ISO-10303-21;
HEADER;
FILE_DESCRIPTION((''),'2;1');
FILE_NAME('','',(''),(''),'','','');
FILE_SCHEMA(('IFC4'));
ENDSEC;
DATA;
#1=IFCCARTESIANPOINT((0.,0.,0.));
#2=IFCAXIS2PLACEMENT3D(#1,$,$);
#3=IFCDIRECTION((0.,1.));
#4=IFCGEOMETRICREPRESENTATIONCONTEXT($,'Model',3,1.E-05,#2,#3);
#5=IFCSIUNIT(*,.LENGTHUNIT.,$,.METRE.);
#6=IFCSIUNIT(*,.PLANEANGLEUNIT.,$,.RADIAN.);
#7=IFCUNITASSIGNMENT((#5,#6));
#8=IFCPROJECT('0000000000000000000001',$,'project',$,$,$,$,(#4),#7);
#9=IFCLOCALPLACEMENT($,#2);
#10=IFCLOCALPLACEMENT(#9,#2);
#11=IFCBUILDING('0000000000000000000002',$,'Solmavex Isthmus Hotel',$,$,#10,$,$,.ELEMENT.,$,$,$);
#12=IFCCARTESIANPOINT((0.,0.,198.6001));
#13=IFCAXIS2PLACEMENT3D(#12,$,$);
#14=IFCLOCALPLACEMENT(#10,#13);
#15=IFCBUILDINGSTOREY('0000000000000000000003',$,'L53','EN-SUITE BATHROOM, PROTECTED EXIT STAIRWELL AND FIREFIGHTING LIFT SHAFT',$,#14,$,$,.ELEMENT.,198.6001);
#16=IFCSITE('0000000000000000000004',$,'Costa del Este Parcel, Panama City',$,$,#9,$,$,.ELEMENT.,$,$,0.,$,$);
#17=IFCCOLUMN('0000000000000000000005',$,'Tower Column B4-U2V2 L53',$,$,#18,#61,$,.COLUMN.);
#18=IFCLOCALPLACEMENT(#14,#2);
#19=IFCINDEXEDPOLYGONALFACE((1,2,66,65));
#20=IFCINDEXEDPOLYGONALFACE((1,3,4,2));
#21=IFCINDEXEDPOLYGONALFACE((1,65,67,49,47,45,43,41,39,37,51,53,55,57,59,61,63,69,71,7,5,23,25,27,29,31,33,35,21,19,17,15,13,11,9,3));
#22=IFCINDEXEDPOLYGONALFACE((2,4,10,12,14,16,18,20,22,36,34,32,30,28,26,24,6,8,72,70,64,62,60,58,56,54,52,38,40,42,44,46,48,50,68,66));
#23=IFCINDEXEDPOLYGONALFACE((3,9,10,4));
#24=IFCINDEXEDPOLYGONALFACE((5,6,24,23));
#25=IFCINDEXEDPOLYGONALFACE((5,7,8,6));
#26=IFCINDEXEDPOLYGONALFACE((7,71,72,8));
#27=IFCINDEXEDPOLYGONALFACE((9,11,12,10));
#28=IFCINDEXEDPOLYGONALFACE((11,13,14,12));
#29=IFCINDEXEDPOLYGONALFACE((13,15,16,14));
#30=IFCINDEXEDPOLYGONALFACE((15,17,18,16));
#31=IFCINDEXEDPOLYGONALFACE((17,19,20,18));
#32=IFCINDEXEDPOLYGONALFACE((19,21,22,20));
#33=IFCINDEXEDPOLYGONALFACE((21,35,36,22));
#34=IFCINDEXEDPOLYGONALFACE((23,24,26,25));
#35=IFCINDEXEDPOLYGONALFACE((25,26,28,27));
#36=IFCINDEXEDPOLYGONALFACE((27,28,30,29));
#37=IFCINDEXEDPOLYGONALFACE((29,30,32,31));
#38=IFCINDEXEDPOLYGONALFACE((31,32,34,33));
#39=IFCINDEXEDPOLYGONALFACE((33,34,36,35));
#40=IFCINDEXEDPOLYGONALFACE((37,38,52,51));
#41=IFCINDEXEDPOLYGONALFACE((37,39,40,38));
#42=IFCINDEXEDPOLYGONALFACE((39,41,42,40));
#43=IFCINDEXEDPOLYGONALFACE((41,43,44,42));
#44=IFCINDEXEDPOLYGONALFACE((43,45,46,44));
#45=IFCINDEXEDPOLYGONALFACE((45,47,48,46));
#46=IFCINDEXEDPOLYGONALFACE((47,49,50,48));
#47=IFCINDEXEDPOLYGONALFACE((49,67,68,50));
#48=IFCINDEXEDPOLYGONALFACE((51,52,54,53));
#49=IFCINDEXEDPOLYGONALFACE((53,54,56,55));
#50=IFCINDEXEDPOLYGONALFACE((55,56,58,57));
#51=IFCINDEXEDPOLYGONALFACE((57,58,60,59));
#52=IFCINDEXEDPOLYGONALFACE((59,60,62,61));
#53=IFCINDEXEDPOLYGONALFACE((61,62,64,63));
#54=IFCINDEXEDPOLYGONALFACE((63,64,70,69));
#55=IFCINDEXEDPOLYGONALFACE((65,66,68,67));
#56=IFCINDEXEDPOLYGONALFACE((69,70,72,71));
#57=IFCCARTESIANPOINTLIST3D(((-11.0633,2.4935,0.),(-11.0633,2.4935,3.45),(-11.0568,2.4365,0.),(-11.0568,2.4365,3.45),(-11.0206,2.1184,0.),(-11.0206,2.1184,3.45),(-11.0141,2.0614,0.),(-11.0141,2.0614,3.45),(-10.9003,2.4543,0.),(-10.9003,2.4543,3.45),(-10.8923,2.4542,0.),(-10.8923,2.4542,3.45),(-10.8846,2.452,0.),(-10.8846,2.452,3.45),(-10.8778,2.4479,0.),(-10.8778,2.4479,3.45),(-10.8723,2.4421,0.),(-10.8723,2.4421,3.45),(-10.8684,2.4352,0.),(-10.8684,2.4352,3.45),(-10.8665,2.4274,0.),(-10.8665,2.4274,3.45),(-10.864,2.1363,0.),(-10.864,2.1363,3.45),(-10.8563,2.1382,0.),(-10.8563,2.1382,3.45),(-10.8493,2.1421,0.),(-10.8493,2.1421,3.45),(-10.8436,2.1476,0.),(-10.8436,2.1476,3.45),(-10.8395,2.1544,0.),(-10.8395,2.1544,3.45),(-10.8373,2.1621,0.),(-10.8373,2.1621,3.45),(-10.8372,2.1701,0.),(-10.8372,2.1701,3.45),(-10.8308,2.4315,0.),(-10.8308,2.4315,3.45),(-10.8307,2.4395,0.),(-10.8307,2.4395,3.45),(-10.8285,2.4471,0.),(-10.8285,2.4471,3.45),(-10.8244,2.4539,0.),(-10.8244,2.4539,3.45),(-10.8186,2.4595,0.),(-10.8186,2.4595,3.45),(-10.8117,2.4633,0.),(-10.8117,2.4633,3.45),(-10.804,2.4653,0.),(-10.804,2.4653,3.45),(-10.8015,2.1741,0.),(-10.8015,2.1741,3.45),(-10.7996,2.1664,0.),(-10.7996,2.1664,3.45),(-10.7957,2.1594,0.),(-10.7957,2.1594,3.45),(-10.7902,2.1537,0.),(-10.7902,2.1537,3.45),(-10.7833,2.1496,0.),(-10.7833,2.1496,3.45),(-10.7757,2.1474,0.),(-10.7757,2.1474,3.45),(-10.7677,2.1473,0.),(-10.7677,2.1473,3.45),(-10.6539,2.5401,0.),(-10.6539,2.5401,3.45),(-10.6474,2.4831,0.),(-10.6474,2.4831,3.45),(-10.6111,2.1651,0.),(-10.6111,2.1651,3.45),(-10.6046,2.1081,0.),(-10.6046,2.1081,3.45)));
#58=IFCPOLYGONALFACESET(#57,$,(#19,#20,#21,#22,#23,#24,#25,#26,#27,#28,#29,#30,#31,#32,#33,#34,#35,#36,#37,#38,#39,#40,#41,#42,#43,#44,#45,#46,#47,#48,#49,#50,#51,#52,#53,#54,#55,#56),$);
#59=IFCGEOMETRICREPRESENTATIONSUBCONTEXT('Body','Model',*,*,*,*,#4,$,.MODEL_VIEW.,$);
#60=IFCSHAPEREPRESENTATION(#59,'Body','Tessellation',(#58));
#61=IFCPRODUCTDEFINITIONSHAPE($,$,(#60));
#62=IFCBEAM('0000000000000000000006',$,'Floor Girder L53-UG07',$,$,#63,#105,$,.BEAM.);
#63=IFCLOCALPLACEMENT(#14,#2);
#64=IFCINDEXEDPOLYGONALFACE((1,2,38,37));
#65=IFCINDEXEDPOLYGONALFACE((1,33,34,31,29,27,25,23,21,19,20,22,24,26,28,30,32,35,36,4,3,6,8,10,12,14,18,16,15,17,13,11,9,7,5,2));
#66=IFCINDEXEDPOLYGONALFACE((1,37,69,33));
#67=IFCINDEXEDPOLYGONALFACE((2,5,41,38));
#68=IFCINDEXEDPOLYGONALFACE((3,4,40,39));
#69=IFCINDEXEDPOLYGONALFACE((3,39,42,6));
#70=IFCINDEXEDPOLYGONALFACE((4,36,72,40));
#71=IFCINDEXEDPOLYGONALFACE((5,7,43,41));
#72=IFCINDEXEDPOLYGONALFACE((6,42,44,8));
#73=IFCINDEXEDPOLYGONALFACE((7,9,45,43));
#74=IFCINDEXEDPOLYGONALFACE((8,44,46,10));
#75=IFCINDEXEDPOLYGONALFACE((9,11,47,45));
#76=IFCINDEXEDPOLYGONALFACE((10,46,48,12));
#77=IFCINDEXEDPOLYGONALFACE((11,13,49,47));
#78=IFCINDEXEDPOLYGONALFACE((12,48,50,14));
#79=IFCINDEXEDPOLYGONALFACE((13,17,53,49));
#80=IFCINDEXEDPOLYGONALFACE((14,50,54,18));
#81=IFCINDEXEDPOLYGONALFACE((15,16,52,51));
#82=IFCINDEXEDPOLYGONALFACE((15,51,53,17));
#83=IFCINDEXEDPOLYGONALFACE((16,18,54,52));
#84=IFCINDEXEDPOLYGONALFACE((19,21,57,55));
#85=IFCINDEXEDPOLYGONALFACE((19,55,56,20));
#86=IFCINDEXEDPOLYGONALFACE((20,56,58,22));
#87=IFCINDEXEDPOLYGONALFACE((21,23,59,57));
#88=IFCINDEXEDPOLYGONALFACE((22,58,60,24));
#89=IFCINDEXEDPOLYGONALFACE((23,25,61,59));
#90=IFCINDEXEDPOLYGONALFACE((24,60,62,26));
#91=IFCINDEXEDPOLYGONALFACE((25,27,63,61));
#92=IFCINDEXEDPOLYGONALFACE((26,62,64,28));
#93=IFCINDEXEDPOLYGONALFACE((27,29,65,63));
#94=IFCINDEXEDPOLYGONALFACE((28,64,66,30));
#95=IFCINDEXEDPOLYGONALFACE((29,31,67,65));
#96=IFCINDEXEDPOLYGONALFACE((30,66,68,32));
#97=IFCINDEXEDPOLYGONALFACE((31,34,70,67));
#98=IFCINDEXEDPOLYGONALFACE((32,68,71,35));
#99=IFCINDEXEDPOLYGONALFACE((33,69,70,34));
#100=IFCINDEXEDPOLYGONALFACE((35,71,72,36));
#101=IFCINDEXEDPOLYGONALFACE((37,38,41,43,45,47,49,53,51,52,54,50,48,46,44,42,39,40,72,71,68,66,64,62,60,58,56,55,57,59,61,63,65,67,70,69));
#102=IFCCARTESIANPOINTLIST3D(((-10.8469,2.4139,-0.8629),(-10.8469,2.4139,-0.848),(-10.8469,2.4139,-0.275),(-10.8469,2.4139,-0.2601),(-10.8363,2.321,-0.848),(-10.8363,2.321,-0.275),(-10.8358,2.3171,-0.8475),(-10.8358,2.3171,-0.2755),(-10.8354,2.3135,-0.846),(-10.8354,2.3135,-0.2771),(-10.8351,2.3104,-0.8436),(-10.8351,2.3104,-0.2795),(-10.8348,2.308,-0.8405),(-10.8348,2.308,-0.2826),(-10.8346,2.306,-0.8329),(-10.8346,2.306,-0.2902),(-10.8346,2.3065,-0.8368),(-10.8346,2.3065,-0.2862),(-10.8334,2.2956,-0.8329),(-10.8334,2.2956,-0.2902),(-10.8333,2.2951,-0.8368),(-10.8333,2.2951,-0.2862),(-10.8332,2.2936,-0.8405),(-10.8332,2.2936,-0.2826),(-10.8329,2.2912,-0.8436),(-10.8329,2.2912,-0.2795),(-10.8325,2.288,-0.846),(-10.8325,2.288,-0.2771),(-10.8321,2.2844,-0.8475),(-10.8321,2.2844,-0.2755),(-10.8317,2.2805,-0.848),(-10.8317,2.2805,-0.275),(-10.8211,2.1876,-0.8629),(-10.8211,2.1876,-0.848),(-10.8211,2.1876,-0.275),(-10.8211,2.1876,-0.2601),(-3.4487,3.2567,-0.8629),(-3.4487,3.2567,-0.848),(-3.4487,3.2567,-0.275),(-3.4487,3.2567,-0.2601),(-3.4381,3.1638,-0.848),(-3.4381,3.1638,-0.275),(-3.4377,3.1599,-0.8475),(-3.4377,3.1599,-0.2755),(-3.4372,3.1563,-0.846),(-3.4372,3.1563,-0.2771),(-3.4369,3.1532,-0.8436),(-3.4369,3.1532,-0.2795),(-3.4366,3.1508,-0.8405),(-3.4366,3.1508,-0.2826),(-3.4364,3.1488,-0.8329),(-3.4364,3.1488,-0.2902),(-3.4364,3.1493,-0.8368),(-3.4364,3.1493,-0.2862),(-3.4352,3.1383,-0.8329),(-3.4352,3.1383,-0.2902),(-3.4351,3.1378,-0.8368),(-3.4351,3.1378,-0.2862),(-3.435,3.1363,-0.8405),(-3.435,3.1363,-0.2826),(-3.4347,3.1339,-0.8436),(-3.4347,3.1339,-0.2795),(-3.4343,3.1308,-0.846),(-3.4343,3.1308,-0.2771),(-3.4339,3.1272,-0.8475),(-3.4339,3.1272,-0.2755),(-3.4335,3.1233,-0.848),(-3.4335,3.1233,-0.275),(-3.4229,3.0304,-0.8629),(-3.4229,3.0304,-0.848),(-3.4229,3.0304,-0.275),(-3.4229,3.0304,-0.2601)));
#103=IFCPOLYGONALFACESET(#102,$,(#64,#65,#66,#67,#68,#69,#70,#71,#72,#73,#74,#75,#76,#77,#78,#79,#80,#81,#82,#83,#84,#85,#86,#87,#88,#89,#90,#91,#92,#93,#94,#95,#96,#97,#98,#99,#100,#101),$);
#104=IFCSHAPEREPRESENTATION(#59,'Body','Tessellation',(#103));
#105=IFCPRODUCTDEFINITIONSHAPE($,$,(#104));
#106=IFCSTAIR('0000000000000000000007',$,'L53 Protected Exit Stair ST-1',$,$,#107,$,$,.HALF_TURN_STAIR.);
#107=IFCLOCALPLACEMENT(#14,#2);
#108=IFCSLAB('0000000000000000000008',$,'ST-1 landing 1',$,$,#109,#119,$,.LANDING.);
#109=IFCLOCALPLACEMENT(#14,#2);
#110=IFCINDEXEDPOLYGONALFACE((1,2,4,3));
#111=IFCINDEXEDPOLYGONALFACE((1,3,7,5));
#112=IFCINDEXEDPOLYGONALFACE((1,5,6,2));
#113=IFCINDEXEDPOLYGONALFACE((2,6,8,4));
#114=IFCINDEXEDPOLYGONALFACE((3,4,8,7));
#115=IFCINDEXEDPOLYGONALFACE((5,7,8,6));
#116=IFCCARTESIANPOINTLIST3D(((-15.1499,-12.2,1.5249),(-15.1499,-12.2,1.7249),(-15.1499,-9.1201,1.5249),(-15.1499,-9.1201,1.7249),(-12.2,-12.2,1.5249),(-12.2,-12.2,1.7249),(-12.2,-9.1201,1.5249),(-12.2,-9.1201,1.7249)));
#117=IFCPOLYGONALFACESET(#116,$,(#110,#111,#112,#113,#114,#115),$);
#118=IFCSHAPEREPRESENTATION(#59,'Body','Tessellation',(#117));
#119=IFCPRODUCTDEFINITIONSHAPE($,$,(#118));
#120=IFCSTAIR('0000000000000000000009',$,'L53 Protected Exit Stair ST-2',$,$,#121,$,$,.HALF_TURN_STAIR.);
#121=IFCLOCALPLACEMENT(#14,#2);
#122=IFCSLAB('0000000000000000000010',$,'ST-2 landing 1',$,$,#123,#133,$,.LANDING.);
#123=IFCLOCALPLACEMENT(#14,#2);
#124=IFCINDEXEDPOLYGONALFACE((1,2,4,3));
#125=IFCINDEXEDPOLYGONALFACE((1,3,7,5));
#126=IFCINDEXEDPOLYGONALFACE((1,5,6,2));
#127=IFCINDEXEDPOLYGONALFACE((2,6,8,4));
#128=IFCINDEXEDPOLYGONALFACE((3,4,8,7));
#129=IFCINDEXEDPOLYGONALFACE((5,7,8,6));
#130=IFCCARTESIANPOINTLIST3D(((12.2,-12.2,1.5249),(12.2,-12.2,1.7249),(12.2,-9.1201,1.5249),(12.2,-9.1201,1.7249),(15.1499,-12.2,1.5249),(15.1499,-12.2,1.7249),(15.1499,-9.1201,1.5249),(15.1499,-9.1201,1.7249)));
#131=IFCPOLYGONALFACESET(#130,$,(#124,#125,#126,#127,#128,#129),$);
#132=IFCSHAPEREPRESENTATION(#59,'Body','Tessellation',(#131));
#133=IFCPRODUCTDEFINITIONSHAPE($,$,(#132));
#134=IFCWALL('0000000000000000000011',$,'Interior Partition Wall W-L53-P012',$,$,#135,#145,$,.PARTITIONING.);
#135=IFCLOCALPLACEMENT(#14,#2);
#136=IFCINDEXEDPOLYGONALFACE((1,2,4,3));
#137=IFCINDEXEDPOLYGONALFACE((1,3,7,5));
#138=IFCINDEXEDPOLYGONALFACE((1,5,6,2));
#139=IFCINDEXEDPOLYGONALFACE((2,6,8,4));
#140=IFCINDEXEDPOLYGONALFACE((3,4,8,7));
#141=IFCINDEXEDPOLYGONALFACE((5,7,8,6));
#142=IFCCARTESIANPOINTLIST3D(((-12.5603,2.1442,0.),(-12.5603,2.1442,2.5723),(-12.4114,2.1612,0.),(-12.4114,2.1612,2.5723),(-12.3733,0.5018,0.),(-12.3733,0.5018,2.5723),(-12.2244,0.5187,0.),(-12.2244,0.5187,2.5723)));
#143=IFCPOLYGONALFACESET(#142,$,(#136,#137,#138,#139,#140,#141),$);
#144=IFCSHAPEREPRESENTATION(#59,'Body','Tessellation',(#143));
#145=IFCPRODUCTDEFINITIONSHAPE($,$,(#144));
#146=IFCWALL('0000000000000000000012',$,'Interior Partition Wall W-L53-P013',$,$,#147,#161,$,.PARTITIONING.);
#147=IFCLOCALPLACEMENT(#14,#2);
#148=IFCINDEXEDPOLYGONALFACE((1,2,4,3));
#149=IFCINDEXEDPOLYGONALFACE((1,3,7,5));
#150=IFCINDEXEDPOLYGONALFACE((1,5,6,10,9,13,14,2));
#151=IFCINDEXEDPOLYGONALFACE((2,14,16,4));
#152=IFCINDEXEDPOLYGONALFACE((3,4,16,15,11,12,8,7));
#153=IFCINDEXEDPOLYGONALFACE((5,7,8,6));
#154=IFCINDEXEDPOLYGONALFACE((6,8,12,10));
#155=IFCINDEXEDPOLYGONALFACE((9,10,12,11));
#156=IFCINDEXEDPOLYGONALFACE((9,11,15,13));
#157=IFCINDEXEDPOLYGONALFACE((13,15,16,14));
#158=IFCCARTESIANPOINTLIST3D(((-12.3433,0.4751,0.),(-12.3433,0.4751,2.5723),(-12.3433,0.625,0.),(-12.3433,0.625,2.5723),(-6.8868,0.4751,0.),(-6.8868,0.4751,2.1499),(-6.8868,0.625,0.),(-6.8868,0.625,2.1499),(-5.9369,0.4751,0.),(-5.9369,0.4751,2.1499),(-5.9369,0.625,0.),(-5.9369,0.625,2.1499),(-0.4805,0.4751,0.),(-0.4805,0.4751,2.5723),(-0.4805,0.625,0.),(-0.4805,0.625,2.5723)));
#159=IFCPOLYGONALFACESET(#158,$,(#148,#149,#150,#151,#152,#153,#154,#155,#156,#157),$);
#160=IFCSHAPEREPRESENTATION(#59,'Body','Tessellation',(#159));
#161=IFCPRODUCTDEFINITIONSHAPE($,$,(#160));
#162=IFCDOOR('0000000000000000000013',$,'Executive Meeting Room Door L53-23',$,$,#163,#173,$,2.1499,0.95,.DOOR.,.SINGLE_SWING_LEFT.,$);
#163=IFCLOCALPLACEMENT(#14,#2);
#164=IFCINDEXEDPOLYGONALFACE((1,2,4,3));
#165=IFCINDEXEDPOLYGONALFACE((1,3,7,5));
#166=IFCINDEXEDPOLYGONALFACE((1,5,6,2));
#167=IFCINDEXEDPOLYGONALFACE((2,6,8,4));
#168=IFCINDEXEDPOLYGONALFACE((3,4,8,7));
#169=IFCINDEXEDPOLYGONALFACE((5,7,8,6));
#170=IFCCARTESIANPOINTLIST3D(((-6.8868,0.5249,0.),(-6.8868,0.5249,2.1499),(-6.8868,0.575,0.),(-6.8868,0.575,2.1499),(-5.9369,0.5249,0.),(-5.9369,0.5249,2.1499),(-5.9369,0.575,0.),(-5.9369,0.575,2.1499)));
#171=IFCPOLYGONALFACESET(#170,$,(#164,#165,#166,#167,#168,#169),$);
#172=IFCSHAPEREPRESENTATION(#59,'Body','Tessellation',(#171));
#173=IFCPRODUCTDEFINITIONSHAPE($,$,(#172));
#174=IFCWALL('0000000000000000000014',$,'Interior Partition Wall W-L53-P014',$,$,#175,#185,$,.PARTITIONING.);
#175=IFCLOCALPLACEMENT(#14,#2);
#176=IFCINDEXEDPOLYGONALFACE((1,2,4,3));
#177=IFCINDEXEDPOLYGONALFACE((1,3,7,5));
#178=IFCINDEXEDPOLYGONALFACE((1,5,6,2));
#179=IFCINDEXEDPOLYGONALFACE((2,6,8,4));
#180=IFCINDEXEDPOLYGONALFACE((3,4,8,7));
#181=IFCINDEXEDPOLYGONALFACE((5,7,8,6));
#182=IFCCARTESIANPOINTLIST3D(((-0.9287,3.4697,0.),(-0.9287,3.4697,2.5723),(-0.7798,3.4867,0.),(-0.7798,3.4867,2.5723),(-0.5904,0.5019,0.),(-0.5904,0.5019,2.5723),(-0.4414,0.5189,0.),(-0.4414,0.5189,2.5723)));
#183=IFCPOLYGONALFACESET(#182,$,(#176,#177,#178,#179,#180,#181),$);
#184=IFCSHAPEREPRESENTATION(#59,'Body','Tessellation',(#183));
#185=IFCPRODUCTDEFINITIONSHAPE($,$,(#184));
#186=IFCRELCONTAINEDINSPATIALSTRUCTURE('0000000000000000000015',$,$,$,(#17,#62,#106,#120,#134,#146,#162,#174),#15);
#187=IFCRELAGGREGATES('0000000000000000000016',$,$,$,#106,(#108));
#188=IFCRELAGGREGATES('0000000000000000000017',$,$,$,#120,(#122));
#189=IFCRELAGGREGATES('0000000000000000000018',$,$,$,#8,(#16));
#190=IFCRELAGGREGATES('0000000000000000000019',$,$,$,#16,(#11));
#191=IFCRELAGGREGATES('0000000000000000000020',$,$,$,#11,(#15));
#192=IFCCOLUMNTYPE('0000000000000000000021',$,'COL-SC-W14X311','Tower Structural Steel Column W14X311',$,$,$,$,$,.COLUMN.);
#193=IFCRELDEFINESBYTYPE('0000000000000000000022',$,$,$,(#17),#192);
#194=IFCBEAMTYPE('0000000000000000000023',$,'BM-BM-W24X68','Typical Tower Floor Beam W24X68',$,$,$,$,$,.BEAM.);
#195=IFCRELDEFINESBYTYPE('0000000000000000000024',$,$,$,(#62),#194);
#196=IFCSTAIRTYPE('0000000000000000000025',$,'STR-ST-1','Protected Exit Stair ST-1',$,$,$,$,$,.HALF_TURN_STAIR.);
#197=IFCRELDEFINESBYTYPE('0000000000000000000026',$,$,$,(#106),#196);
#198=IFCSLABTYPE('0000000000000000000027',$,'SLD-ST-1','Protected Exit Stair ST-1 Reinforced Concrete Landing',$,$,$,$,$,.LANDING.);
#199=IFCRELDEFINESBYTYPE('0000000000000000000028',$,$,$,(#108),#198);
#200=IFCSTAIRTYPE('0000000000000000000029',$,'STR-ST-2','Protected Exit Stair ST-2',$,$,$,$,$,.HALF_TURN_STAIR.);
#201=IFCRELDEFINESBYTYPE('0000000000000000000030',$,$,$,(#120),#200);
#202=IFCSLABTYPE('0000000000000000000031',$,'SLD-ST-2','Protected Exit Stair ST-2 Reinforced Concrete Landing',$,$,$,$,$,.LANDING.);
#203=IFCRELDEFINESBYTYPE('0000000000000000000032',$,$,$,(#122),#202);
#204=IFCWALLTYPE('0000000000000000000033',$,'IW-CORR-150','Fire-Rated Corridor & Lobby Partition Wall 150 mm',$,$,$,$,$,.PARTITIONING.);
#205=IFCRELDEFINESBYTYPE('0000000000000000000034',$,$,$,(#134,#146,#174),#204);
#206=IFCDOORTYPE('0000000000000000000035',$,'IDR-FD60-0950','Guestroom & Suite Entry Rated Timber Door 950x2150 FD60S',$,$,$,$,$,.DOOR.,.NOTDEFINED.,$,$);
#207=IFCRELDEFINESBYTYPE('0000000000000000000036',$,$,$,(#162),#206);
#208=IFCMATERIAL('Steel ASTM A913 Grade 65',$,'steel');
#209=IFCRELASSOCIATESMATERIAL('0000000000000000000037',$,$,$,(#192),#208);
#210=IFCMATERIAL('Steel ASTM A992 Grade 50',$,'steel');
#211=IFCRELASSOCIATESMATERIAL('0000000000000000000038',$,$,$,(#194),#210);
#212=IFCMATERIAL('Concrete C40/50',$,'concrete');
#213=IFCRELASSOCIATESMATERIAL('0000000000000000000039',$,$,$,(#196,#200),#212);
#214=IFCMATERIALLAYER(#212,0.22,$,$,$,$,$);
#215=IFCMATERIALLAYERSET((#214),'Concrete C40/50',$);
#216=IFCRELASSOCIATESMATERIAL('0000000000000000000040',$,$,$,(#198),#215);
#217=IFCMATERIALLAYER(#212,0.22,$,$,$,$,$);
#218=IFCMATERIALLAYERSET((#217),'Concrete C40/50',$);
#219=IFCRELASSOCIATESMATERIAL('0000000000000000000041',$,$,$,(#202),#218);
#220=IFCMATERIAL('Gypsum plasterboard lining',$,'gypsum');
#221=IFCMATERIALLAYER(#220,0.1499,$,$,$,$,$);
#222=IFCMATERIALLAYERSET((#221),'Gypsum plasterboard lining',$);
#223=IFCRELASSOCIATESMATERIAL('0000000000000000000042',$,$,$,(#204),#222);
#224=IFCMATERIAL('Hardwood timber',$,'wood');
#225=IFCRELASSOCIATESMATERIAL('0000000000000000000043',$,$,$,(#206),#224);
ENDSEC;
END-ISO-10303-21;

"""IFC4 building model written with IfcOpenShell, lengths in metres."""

from ifc_helpers import new_model, si_unit, direction, frame, frame_2d, origin, origin_2d, place, context, subcontext, project, spatial, polyline, rectangle, i_section, outline, extrude, material, layer, layer_set, material_profile, profile_set, type_object, element, fill, aggregate, save


model = new_model("IFC4")

# Units and contexts
model_context = context("Model", 3, precision=1e-05, world=origin(), true_north=direction((0.0, 1.0)))
body_context = subcontext(model_context, "Body", "Model", "MODEL_VIEW")
ifc_project = project(units=[si_unit("LENGTHUNIT", "METRE"), si_unit("PLANEANGLEUNIT", "RADIAN")], contexts=[model_context])

# Site, building, storey
site_placement = place(None, origin())
site = spatial("IfcSite", under=ifc_project, at=site_placement, Name="Costa del Este Parcel, Panama City", CompositionType="ELEMENT", RefElevation=0.0)
building_placement = place(site_placement, origin())
building = spatial("IfcBuilding", under=site, at=building_placement, Name="Solmavex Isthmus Hotel", CompositionType="ELEMENT")
storey_placement = place(building_placement, frame((0.0, 0.0, 198.6001)))
storey = spatial("IfcBuildingStorey", under=building, at=storey_placement, Name="L53", Description="EN-SUITE BATHROOM, PROTECTED EXIT STAIRWELL AND FIREFIGHTING LIFT SHAFT", CompositionType="ELEMENT", Elevation=198.6001)

# Column
ifc_material_1 = material(Name="Steel ASTM A913 Grade 65", Category="steel")
ifc_material_profile_1 = material_profile(ifc_material_1, i_section(OverallWidth=0.4121, OverallDepth=0.4348, WebThickness=0.0359, FlangeThickness=0.0574, FilletRadius=0.0305, at=origin_2d()), Name="W14X311")
ifc_profile_set_1 = profile_set([ifc_material_profile_1], Name="Steel ASTM A913 Grade 65")
column_type = type_object("IfcColumnType", Name="COL-SC-W14X311", Description="Tower Structural Steel Column W14X311", PredefinedType="COLUMN", material=ifc_profile_set_1)
column_placement = place(storey_placement, frame((-10.834, 2.3008, 0.0), z_axis=(0.0, 0.0, 1.0), x_axis=(0.993572, 0.113203, 0.0)))
element("IfcColumn", 1, at=column_placement, inside=storey, type_object=column_type, Name="Tower Column B4-U2V2 L53", PredefinedType="COLUMN", context=body_context, shape_type="SweptSolid", body=[
    extrude(i_section(OverallWidth=0.4121, OverallDepth=0.4348, WebThickness=0.0359, FlangeThickness=0.0574, FilletRadius=0.0305, at=origin_2d()), origin(), (0.0, 0.0, 1.0), 3.45),
])

# Beam
ifc_material_2 = material(Name="Steel ASTM A992 Grade 50", Category="steel")
ifc_material_profile_2 = material_profile(ifc_material_2, i_section(OverallWidth=0.2278, OverallDepth=0.6028, WebThickness=0.0105, FlangeThickness=0.0149, FilletRadius=0.0151, at=origin_2d()), Name="W24X68")
ifc_profile_set_2 = profile_set([ifc_material_profile_2], Name="Steel ASTM A992 Grade 50")
beam_type = type_object("IfcBeamType", Name="BM-BM-W24X68", Description="Typical Tower Floor Beam W24X68", PredefinedType="BEAM", material=ifc_profile_set_2)
beam_placement = place(storey_placement, frame((-10.834, 2.3008, -0.5615), z_axis=(0.993574, 0.113184, 0.0), x_axis=(-0.113184, 0.993574, 0.0)))
element("IfcBeam", 2, at=beam_placement, inside=storey, type_object=beam_type, Name="Floor Girder L53-UG07", PredefinedType="BEAM", context=body_context, shape_type="SweptSolid", body=[
    extrude(i_section(OverallWidth=0.2278, OverallDepth=0.6028, WebThickness=0.0105, FlangeThickness=0.0149, FilletRadius=0.0151, at=origin_2d()), origin(), (0.0, 0.0, 1.0), 7.446),
])

# Stairs, slabs
ifc_material_3 = material(Name="Concrete C40/50", Category="concrete")
stair_type_1 = type_object("IfcStairType", Name="STR-ST-1", Description="Protected Exit Stair ST-1", PredefinedType="HALF_TURN_STAIR", material=ifc_material_3)
stair_1_placement = place(storey_placement, origin())
stair_1 = element("IfcStair", 3, at=stair_1_placement, inside=storey, type_object=stair_type_1, Name="L53 Protected Exit Stair ST-1", PredefinedType="HALF_TURN_STAIR")
ifc_layer_1 = layer(ifc_material_3, 0.22)
ifc_layer_set_1 = layer_set([ifc_layer_1], Name="Concrete C40/50")
slab_type_1 = type_object("IfcSlabType", Name="SLD-ST-1", Description="Protected Exit Stair ST-1 Reinforced Concrete Landing", PredefinedType="LANDING", material=ifc_layer_set_1)
slab_1_placement = place(storey_placement, frame((0.0, 0.0, 1.5249)))
slab_1 = element("IfcSlab", 4, at=slab_1_placement, type_object=slab_type_1, Name="ST-1 landing 1", PredefinedType="LANDING", context=body_context, shape_type="SweptSolid", body=[
    extrude(outline(polyline([(-15.1499, -9.1201), (-15.1499, -12.2), (-12.2, -12.2), (-12.2, -9.1201), (-15.1499, -9.1201)])), origin(), (0.0, 0.0, 1.0), 0.2),
])
aggregate(stair_1, [slab_1])
stair_type_2 = type_object("IfcStairType", Name="STR-ST-2", Description="Protected Exit Stair ST-2", PredefinedType="HALF_TURN_STAIR", material=ifc_material_3)
stair_2_placement = place(storey_placement, origin())
stair_2 = element("IfcStair", 5, at=stair_2_placement, inside=storey, type_object=stair_type_2, Name="L53 Protected Exit Stair ST-2", PredefinedType="HALF_TURN_STAIR")
ifc_layer_2 = layer(ifc_material_3, 0.22)
ifc_layer_set_2 = layer_set([ifc_layer_2], Name="Concrete C40/50")
slab_type_2 = type_object("IfcSlabType", Name="SLD-ST-2", Description="Protected Exit Stair ST-2 Reinforced Concrete Landing", PredefinedType="LANDING", material=ifc_layer_set_2)
slab_2_placement = place(storey_placement, frame((0.0, 0.0, 1.5249)))
slab_2 = element("IfcSlab", 6, at=slab_2_placement, type_object=slab_type_2, Name="ST-2 landing 1", PredefinedType="LANDING", context=body_context, shape_type="SweptSolid", body=[
    extrude(outline(polyline([(12.2, -9.1201), (12.2, -12.2), (15.1499, -12.2), (15.1499, -9.1201), (12.2, -9.1201)])), origin(), (0.0, 0.0, 1.0), 0.2),
])
aggregate(stair_2, [slab_2])

# Wall
ifc_material_4 = material(Name="Gypsum plasterboard lining", Category="gypsum")
ifc_layer_3 = layer(ifc_material_4, 0.1499)
ifc_layer_set_3 = layer_set([ifc_layer_3], Name="Gypsum plasterboard lining")
wall_type = type_object("IfcWallType", Name="IW-CORR-150", Description="Fire-Rated Corridor & Lobby Partition Wall 150 mm", PredefinedType="PARTITIONING", material=ifc_layer_set_3)
wall_1_placement = place(storey_placement, frame((-12.4858, 2.1528, 0.0), z_axis=(0.0, 0.0, 1.0), x_axis=(0.113122, -0.993581, 0.0)))
element("IfcWall", 7, at=wall_1_placement, inside=storey, type_object=wall_type, Name="Interior Partition Wall W-L53-P012", PredefinedType="PARTITIONING", context=body_context, shape_type="SweptSolid", body=[
    extrude(rectangle(XDim=1.6531, YDim=0.1499, at=frame_2d((0.8267, 0.0))), origin(), (0.0, 0.0, 1.0), 2.5723),
])

# Wall, opening, door
wall_2_placement = place(storey_placement, frame((-12.3433, 0.55, 0.0), z_axis=(0.0, 0.0, 1.0), x_axis=(1.0, 0.0, 0.0)))
wall_2 = element("IfcWall", 8, at=wall_2_placement, inside=storey, type_object=wall_type, Name="Interior Partition Wall W-L53-P013", PredefinedType="PARTITIONING", context=body_context, shape_type="SweptSolid", body=[
    extrude(rectangle(XDim=11.8628, YDim=0.1499, at=frame_2d((5.9314, 0.0))), origin(), (0.0, 0.0, 1.0), 2.5723),
])
opening_placement = place(wall_2_placement, frame((5.4563, 0.0, 0.0)))
opening = element("IfcOpeningElement", 9, at=opening_placement, cuts=wall_2, PredefinedType="OPENING", context=body_context, shape_type="SweptSolid", body=[
    extrude(rectangle(XDim=0.95, YDim=2.1499, at=frame_2d((0.4751, 1.075))), frame((0.0, 0.085, 0.0), z_axis=(0.0, -1.0, 0.0), x_axis=(1.0, 0.0, 0.0)), (0.0, 0.0, 1.0), 0.1699),
])
ifc_material_5 = material(Name="Hardwood timber", Category="wood")
door_type = type_object("IfcDoorType", Name="IDR-FD60-0950", Description="Guestroom & Suite Entry Rated Timber Door 950x2150 FD60S", OperationType="NOTDEFINED", PredefinedType="DOOR", material=ifc_material_5)
door_placement = place(opening_placement, origin())
door = element("IfcDoor", 10, at=door_placement, inside=storey, type_object=door_type, Name="Executive Meeting Room Door L53-23", OperationType="SINGLE_SWING_LEFT", OverallHeight=2.1499, OverallWidth=0.95, PredefinedType="DOOR", context=body_context, shape_type="SweptSolid", body=[
    extrude(rectangle(XDim=0.95, YDim=2.1499, at=frame_2d((0.4751, 1.075))), frame((0.0, 0.0249, 0.0), z_axis=(0.0, -1.0, 0.0), x_axis=(1.0, 0.0, 0.0)), (0.0, 0.0, 1.0), 0.05),
])
fill(opening, door)

# Wall
wall_3_placement = place(storey_placement, frame((-0.5159, 0.5103, 0.0), z_axis=(0.0, 0.0, 1.0), x_axis=(-0.113284, 0.993563, 0.0)))
element("IfcWall", 11, at=wall_3_placement, inside=storey, type_object=wall_type, Name="Interior Partition Wall W-L53-P014", PredefinedType="PARTITIONING", context=body_context, shape_type="SweptSolid", body=[
    extrude(rectangle(XDim=2.9871, YDim=0.1499, at=frame_2d((1.4937, 0.0))), origin(), (0.0, 0.0, 1.0), 2.5723),
])

save(model, "model.ifc")
